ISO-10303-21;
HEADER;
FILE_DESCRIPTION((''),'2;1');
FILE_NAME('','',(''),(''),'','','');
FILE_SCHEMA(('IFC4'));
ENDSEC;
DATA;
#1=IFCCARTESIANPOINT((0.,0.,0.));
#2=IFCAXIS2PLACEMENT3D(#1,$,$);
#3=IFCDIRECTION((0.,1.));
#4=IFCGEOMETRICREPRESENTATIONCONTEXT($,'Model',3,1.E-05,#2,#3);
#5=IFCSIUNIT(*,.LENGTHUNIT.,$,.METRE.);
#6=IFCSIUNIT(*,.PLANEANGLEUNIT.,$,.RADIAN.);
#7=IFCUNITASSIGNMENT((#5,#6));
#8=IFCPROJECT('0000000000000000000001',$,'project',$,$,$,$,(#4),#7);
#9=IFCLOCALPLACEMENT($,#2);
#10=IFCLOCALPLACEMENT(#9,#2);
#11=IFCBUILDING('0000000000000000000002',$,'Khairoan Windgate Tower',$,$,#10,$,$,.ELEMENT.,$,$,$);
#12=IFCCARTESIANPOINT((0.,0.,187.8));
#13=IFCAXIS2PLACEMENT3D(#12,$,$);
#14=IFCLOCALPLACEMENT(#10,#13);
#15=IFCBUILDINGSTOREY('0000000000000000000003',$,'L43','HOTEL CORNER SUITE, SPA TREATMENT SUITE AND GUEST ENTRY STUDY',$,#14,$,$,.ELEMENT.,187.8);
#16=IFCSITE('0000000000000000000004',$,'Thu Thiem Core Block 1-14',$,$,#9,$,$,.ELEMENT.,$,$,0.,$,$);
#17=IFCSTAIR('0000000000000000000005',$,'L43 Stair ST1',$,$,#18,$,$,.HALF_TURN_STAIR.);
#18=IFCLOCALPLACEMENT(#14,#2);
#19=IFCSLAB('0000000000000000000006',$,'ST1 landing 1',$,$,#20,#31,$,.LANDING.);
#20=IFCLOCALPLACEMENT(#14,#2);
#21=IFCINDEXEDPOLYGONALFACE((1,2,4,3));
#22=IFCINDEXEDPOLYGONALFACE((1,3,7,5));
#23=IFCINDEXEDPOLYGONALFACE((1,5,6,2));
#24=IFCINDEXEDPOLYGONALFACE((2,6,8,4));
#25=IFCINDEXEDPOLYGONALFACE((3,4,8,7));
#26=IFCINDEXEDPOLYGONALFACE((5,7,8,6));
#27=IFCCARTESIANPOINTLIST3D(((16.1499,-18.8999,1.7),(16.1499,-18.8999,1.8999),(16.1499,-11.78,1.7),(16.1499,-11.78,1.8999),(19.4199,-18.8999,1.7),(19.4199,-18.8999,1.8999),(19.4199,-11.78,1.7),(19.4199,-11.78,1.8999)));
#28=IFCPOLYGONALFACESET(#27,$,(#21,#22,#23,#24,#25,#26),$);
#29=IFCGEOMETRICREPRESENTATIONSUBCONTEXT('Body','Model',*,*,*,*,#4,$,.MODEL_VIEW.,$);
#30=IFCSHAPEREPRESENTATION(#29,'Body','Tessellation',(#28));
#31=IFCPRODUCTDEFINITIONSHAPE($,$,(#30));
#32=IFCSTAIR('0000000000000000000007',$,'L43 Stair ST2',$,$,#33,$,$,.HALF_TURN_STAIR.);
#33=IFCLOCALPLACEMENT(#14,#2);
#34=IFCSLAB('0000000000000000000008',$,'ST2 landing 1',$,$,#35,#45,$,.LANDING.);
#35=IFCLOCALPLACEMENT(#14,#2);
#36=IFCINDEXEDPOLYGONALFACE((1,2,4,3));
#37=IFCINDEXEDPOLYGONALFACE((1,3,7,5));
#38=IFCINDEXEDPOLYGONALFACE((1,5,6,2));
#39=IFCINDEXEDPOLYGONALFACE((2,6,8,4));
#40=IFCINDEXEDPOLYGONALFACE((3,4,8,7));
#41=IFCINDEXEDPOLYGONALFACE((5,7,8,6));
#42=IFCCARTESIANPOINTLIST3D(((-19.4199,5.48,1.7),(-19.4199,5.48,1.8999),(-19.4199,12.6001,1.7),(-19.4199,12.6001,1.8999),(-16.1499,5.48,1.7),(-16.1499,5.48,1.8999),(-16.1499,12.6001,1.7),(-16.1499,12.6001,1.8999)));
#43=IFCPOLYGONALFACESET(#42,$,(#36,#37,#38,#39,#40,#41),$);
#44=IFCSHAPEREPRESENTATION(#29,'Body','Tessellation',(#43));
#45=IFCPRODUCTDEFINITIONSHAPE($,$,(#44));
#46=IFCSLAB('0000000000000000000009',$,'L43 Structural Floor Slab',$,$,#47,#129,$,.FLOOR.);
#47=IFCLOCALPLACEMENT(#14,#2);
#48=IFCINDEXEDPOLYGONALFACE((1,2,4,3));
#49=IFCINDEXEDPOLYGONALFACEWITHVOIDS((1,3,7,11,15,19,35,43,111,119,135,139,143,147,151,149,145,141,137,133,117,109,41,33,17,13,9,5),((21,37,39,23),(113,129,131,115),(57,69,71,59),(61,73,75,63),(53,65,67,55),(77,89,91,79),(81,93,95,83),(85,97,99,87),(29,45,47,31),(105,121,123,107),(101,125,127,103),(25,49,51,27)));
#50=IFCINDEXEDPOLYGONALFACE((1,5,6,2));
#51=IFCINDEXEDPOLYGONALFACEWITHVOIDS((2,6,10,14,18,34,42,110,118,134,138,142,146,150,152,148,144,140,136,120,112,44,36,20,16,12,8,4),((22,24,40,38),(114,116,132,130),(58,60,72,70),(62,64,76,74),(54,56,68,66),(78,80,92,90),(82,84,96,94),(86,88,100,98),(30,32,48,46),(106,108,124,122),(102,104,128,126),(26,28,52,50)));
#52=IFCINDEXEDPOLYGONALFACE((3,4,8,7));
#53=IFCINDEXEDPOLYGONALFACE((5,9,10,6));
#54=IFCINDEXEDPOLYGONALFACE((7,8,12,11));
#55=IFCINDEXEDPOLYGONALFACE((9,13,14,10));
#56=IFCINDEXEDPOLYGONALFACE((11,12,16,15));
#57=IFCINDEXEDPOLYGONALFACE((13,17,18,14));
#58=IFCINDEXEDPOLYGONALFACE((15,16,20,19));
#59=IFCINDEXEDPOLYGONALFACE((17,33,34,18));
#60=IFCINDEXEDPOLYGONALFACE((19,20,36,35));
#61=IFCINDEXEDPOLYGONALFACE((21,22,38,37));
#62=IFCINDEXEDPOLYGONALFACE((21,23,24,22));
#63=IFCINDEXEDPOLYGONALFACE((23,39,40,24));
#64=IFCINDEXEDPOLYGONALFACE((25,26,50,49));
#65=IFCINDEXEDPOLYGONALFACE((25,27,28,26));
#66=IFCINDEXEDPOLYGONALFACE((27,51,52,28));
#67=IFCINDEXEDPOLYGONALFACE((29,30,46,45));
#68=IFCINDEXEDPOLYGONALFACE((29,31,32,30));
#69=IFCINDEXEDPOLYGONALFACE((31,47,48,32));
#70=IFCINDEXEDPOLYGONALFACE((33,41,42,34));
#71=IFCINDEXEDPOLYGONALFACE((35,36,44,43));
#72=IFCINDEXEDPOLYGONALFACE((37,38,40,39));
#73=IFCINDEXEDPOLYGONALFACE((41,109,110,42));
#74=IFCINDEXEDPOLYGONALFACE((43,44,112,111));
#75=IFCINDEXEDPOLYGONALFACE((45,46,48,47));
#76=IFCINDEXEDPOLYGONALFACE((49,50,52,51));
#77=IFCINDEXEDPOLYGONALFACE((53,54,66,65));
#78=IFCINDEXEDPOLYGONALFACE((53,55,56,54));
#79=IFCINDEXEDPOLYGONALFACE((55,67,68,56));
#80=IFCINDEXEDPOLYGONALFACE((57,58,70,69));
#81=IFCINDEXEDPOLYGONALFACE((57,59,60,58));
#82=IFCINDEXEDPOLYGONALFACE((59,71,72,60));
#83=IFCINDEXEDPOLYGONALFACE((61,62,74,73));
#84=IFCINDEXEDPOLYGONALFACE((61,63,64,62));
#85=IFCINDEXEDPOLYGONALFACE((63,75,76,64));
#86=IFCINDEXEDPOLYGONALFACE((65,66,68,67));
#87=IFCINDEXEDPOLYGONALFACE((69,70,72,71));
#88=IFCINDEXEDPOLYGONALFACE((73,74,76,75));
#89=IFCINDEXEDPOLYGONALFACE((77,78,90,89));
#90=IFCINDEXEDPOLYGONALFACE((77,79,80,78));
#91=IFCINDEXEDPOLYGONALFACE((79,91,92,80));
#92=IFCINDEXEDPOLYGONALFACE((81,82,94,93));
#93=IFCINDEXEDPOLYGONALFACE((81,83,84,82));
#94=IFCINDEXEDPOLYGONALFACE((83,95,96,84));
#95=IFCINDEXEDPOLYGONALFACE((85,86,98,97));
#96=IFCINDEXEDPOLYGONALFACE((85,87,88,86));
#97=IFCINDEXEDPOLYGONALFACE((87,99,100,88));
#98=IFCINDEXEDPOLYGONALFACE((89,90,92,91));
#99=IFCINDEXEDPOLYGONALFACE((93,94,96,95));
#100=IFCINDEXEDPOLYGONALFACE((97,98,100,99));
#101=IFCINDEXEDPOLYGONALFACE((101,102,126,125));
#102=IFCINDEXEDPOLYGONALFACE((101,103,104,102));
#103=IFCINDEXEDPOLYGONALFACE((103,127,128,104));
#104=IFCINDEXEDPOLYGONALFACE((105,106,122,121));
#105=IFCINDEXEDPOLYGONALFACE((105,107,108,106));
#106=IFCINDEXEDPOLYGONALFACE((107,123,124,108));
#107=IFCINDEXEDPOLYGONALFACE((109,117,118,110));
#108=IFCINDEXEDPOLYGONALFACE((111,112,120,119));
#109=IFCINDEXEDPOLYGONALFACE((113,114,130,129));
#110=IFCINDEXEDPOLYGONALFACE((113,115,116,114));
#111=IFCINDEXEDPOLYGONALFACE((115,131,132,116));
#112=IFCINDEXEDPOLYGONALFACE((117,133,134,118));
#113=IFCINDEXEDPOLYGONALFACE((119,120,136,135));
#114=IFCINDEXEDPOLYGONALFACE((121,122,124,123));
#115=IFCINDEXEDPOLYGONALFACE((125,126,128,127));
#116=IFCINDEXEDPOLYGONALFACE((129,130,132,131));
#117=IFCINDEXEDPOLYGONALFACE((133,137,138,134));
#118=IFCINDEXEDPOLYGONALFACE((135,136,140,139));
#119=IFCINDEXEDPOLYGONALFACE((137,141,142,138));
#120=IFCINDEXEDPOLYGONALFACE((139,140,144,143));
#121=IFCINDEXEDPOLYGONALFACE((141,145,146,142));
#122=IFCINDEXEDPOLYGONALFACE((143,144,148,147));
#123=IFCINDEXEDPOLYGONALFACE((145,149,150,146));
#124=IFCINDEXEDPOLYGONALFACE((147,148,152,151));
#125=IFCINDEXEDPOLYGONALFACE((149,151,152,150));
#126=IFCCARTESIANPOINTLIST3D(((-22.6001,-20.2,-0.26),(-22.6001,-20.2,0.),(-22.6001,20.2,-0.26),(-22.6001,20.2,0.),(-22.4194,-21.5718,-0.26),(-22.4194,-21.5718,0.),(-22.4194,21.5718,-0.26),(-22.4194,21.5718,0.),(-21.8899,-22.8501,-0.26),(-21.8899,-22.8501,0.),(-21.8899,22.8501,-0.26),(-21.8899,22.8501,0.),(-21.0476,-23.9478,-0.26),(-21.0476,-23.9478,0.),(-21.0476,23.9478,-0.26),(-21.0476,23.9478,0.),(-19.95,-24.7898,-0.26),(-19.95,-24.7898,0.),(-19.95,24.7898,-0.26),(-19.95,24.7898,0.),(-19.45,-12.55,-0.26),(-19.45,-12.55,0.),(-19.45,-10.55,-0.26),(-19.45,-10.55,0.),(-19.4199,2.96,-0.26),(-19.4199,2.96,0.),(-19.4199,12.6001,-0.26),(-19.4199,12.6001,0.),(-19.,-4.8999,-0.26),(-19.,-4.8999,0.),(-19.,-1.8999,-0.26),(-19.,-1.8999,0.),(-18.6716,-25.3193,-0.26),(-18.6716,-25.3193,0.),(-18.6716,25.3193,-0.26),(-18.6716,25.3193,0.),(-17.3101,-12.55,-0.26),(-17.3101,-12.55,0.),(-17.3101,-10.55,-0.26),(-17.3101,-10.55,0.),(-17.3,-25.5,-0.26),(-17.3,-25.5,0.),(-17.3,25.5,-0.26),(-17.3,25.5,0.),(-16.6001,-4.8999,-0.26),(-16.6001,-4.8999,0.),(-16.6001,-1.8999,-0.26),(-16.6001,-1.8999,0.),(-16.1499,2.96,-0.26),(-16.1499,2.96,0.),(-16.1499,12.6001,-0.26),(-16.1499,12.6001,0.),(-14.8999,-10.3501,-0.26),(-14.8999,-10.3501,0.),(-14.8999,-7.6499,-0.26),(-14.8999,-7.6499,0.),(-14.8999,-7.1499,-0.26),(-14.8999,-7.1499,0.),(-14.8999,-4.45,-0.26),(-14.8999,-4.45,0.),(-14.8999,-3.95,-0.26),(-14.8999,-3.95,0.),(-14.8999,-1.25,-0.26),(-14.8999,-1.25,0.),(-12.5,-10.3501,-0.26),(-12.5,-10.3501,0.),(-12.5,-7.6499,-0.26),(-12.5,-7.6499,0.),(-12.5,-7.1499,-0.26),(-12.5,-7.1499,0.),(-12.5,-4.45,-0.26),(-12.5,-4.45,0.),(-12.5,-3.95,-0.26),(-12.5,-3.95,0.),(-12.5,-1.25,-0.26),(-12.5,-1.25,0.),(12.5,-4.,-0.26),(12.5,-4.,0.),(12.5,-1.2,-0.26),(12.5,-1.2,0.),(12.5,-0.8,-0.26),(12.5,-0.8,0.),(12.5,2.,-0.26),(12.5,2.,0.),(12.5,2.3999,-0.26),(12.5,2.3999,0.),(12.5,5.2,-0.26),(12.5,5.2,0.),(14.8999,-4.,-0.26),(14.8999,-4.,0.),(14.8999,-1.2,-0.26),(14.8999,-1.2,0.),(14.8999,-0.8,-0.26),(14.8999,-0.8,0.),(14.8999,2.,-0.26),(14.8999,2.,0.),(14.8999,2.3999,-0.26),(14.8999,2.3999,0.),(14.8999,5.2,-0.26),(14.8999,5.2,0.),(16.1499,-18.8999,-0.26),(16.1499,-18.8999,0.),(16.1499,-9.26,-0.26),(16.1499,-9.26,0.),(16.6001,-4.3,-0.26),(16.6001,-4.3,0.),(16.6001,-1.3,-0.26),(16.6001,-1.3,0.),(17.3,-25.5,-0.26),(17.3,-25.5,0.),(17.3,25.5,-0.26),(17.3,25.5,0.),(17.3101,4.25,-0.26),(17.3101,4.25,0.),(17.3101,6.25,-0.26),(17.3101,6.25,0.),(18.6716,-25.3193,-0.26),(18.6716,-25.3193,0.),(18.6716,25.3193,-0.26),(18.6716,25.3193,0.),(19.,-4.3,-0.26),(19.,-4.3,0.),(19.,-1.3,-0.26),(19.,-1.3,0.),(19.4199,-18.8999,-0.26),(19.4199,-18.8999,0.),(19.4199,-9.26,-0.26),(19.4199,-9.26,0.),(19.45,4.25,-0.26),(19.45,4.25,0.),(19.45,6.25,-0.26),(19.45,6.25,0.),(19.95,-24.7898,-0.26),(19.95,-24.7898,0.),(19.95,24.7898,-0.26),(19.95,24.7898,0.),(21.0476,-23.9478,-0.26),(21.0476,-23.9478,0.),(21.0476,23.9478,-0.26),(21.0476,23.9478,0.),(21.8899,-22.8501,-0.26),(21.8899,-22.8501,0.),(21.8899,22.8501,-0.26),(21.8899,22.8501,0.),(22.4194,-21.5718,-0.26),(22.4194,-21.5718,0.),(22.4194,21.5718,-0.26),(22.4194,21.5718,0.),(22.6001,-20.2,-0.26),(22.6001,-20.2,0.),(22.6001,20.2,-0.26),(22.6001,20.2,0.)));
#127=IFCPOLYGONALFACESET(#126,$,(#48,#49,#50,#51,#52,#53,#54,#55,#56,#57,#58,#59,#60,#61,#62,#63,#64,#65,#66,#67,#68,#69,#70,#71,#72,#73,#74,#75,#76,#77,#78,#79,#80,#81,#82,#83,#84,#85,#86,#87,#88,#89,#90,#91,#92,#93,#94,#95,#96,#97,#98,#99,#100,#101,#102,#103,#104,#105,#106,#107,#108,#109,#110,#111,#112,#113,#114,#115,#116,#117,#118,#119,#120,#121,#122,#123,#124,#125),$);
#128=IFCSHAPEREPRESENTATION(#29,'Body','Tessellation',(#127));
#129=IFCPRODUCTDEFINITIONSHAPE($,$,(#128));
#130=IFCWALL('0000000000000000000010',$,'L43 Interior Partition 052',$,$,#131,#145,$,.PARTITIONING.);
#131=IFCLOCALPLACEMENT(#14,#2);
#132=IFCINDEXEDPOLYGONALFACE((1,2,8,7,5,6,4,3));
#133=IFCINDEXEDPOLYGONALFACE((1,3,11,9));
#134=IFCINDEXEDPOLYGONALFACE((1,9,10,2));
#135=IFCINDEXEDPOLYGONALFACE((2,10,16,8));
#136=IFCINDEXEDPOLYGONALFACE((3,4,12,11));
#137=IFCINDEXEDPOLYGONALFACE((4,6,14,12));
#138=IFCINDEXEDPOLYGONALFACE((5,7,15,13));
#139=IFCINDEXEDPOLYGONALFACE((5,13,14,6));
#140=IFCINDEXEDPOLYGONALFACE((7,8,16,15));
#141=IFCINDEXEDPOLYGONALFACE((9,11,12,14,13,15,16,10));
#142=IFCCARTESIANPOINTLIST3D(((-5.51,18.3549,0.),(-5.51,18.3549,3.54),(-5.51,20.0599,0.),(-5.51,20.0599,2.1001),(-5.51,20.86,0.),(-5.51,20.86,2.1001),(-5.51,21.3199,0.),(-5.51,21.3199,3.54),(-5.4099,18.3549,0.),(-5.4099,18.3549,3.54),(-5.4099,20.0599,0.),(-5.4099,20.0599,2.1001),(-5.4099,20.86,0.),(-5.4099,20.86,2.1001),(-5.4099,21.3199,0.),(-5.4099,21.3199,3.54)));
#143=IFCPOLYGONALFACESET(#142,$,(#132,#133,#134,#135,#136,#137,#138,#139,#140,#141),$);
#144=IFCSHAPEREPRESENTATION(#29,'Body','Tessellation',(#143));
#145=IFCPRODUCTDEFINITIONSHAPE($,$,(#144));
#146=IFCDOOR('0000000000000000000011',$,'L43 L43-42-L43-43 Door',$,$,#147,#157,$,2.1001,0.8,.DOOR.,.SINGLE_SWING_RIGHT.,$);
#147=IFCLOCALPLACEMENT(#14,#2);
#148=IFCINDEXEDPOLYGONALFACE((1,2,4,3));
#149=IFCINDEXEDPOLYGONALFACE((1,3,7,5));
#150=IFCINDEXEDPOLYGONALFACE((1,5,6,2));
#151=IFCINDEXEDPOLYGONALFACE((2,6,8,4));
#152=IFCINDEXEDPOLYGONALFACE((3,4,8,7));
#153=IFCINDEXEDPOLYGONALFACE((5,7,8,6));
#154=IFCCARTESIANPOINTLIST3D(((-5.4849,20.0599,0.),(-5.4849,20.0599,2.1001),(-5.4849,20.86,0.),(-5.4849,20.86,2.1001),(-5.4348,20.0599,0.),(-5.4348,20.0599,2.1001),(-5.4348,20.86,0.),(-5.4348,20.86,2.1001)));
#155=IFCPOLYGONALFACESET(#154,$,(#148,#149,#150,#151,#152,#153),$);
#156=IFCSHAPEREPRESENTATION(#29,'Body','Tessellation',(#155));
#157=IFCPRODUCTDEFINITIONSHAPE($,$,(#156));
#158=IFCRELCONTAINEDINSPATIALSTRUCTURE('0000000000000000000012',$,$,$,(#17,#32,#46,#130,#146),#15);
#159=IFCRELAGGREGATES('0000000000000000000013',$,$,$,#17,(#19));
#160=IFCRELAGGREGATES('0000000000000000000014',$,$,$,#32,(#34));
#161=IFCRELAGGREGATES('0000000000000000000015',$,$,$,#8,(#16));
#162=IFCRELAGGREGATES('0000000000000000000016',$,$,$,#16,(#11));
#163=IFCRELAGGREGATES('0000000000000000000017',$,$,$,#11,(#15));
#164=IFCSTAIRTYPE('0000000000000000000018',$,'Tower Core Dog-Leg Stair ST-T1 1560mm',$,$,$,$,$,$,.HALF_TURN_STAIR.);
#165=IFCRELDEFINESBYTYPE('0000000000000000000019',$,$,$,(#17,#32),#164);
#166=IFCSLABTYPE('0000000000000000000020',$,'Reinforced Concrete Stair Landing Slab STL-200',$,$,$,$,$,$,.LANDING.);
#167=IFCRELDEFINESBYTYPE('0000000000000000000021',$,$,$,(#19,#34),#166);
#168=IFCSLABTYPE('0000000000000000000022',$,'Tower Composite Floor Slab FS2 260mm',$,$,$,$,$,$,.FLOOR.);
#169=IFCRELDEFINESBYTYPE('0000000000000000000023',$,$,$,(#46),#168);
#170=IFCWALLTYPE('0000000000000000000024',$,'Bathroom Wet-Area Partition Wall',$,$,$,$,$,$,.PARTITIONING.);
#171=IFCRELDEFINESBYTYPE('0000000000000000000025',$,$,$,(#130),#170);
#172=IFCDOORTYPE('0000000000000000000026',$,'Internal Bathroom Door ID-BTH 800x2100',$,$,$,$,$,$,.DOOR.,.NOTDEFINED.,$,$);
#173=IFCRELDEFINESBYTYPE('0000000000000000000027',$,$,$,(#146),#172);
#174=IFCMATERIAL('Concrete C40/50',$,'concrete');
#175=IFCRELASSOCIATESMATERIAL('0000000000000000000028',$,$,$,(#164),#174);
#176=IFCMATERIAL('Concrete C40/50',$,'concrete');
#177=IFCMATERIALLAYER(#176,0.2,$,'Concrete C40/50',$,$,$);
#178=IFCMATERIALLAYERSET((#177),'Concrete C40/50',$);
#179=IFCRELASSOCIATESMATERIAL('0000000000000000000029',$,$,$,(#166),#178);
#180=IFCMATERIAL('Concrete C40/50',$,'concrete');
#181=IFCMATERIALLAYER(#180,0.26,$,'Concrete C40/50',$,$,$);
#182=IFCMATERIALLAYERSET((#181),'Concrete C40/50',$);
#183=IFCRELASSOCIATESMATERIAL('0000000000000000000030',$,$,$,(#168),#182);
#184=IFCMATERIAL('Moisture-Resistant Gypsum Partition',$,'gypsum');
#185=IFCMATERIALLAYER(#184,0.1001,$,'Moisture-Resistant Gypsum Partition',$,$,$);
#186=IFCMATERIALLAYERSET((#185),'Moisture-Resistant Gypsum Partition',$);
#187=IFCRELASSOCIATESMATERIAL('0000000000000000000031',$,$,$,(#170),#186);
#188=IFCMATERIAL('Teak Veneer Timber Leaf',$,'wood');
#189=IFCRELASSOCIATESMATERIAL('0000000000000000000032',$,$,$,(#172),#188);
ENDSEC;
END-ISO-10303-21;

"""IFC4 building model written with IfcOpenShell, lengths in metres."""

from ifc_helpers import new_model, si_unit, direction, frame, frame_2d, origin, place, context, subcontext, project, spatial, polyline, rectangle, outline, extrude, material, layer, layer_set, type_object, element, fill, aggregate, save


model = new_model("IFC4")

# Units and contexts
model_context = context("Model", 3, precision=1e-05, world=origin(), true_north=direction((0.0, 1.0)))
body_context = subcontext(model_context, "Body", "Model", "MODEL_VIEW")
ifc_project = project(units=[si_unit("LENGTHUNIT", "METRE"), si_unit("PLANEANGLEUNIT", "RADIAN")], contexts=[model_context])

# Site, building, storey
site_placement = place(None, origin())
site = spatial("IfcSite", under=ifc_project, at=site_placement, Name="Thu Thiem Core Block 1-14", CompositionType="ELEMENT", RefElevation=0.0)
building_placement = place(site_placement, origin())
building = spatial("IfcBuilding", under=site, at=building_placement, Name="Khairoan Windgate Tower", CompositionType="ELEMENT")
storey_placement = place(building_placement, frame((0.0, 0.0, 187.8)))
storey = spatial("IfcBuildingStorey", under=building, at=storey_placement, Name="L43", Description="HOTEL CORNER SUITE, SPA TREATMENT SUITE AND GUEST ENTRY STUDY", CompositionType="ELEMENT", Elevation=187.8)

# Stairs, slabs
ifc_material_1 = material(Name="Concrete C40/50", Category="concrete")
stair_type = type_object("IfcStairType", Name="Tower Core Dog-Leg Stair ST-T1 1560mm", PredefinedType="HALF_TURN_STAIR", material=ifc_material_1)
stair_1_placement = place(storey_placement, origin())
stair_1 = element("IfcStair", 1, at=stair_1_placement, inside=storey, type_object=stair_type, Name="L43 Stair ST1", PredefinedType="HALF_TURN_STAIR")
ifc_material_2 = material(Name="Concrete C40/50", Category="concrete")
ifc_layer_1 = layer(ifc_material_2, 0.2, Name="Concrete C40/50")
ifc_layer_set_1 = layer_set([ifc_layer_1], Name="Concrete C40/50")
slab_type_1 = type_object("IfcSlabType", Name="Reinforced Concrete Stair Landing Slab STL-200", PredefinedType="LANDING", material=ifc_layer_set_1)
slab_1_placement = place(storey_placement, frame((0.0, 0.0, 1.7)))
slab_1 = element("IfcSlab", 2, at=slab_1_placement, type_object=slab_type_1, Name="ST1 landing 1", PredefinedType="LANDING", context=body_context, shape_type="SweptSolid", body=[
    extrude(outline(polyline([(16.1499, -11.78), (16.1499, -18.8999), (19.4199, -18.8999), (19.4199, -11.78), (16.1499, -11.78)])), origin(), (0.0, 0.0, 1.0), 0.2),
])
aggregate(stair_1, [slab_1])
stair_2_placement = place(storey_placement, origin())
stair_2 = element("IfcStair", 3, at=stair_2_placement, inside=storey, type_object=stair_type, Name="L43 Stair ST2", PredefinedType="HALF_TURN_STAIR")
slab_2_placement = place(storey_placement, frame((0.0, 0.0, 1.7)))
slab_2 = element("IfcSlab", 4, at=slab_2_placement, type_object=slab_type_1, Name="ST2 landing 1", PredefinedType="LANDING", context=body_context, shape_type="SweptSolid", body=[
    extrude(outline(polyline([(-16.1499, 5.48), (-16.1499, 12.6001), (-19.4199, 12.6001), (-19.4199, 5.48), (-16.1499, 5.48)])), origin(), (0.0, 0.0, 1.0), 0.2),
])
aggregate(stair_2, [slab_2])

# Slab
ifc_material_3 = material(Name="Concrete C40/50", Category="concrete")
ifc_layer_2 = layer(ifc_material_3, 0.26, Name="Concrete C40/50")
ifc_layer_set_2 = layer_set([ifc_layer_2], Name="Concrete C40/50")
slab_type_2 = type_object("IfcSlabType", Name="Tower Composite Floor Slab FS2 260mm", PredefinedType="FLOOR", material=ifc_layer_set_2)
slab_3_placement = place(storey_placement, frame((0.0, 0.0, -0.26)))
element("IfcSlab", 5, at=slab_3_placement, inside=storey, type_object=slab_type_2, Name="L43 Structural Floor Slab", PredefinedType="FLOOR", context=body_context, shape_type="SweptSolid", body=[
    extrude(outline(polyline([(17.3, -25.5), (18.6716, -25.3193), (19.95, -24.7898), (21.0476, -23.9478), (21.8899, -22.8501), (22.4194, -21.5718), (22.6001, -20.2), (22.6001, 20.2), (22.4194, 21.5718), (21.8899, 22.8501), (21.0476, 23.9478), (19.95, 24.7898), (18.6716, 25.3193), (17.3, 25.5), (-17.3, 25.5), (-18.6716, 25.3193), (-19.95, 24.7898), (-21.0476, 23.9478), (-21.8899, 22.8501), (-22.4194, 21.5718), (-22.6001, 20.2), (-22.6001, -20.2), (-22.4194, -21.5718), (-21.8899, -22.8501), (-21.0476, -23.9478), (-19.95, -24.7898), (-18.6716, -25.3193), (-17.3, -25.5), (17.3, -25.5)]), holes=[polyline([(16.1499, -9.26), (16.1499, -18.8999), (19.4199, -18.8999), (19.4199, -9.26), (16.1499, -9.26)]), polyline([(-16.1499, 2.96), (-16.1499, 12.6001), (-19.4199, 12.6001), (-19.4199, 2.96), (-16.1499, 2.96)]), polyline([(-14.8999, -3.95), (-12.5, -3.95), (-12.5, -1.25), (-14.8999, -1.25), (-14.8999, -3.95)]), polyline([(-14.8999, -7.1499), (-12.5, -7.1499), (-12.5, -4.45), (-14.8999, -4.45), (-14.8999, -7.1499)]), polyline([(-14.8999, -10.3501), (-12.5, -10.3501), (-12.5, -7.6499), (-14.8999, -7.6499), (-14.8999, -10.3501)]), polyline([(12.5, 2.3999), (14.8999, 2.3999), (14.8999, 5.2), (12.5, 5.2), (12.5, 2.3999)]), polyline([(12.5, -0.8), (14.8999, -0.8), (14.8999, 2.0), (12.5, 2.0), (12.5, -0.8)]), polyline([(12.5, -4.0), (14.8999, -4.0), (14.8999, -1.2), (12.5, -1.2), (12.5, -4.0)]), polyline([(16.6001, -4.3), (19.0, -4.3), (19.0, -1.3), (16.6001, -1.3), (16.6001, -4.3)]), polyline([(-19.0, -4.8999), (-16.6001, -4.8999), (-16.6001, -1.8999), (-19.0, -1.8999), (-19.0, -4.8999)]), polyline([(-19.45, -12.55), (-17.3101, -12.55), (-17.3101, -10.55), (-19.45, -10.55), (-19.45, -12.55)]), polyline([(17.3101, 4.25), (19.45, 4.25), (19.45, 6.25), (17.3101, 6.25), (17.3101, 4.25)])]), origin(), (0.0, 0.0, 1.0), 0.26),
])

# Wall, opening, door
ifc_material_4 = material(Name="Moisture-Resistant Gypsum Partition", Category="gypsum")
ifc_layer_3 = layer(ifc_material_4, 0.1001, Name="Moisture-Resistant Gypsum Partition")
ifc_layer_set_3 = layer_set([ifc_layer_3], Name="Moisture-Resistant Gypsum Partition")
wall_type_1 = type_object("IfcWallType", Name="Bathroom Wet-Area Partition Wall", PredefinedType="PARTITIONING", material=ifc_layer_set_3)
wall_1_placement = place(storey_placement, frame((-5.46, 18.355, 0.0), z_axis=(0.0, 0.0, 1.0), x_axis=(0.0, 1.0, 0.0)))
wall_1 = element("IfcWall", 6, at=wall_1_placement, inside=storey, type_object=wall_type_1, Name="L43 Interior Partition 052", PredefinedType="PARTITIONING", context=body_context, shape_type="SweptSolid", body=[
    extrude(rectangle(XDim=2.9651, YDim=0.1001, at=frame_2d((1.4824, 0.0))), origin(), (0.0, 0.0, 1.0), 3.54),
])
opening_1_placement = place(wall_1_placement, frame((1.7051, 0.0, 0.0)))
opening_1 = element("IfcOpeningElement", 7, at=opening_1_placement, cuts=wall_1, PredefinedType="OPENING", context=body_context, shape_type="SweptSolid", body=[
    extrude(rectangle(XDim=0.8, YDim=2.1001, at=frame_2d((0.3999, 1.05))), frame((0.0, 0.0601, 0.0), z_axis=(0.0, -1.0, 0.0), x_axis=(1.0, 0.0, 0.0)), (0.0, 0.0, 1.0), 0.1201),
])
ifc_material_5 = material(Name="Teak Veneer Timber Leaf", Category="wood")
door_type_1 = type_object("IfcDoorType", Name="Internal Bathroom Door ID-BTH 800x2100", OperationType="NOTDEFINED", PredefinedType="DOOR", material=ifc_material_5)
door_1_placement = place(opening_1_placement, origin())
door_1 = element("IfcDoor", 8, at=door_1_placement, inside=storey, type_object=door_type_1, Name="L43 L43-42-L43-43 Door", OperationType="SINGLE_SWING_RIGHT", OverallHeight=2.1001, OverallWidth=0.8, PredefinedType="DOOR", context=body_context, shape_type="SweptSolid", body=[
    extrude(rectangle(XDim=0.8, YDim=2.1001, at=frame_2d((0.3999, 1.05))), frame((0.0, 0.0249, 0.0), z_axis=(0.0, -1.0, 0.0), x_axis=(1.0, 0.0, 0.0)), (0.0, 0.0, 1.0), 0.05),
])
fill(opening_1, door_1)

save(model, "model.ifc")
